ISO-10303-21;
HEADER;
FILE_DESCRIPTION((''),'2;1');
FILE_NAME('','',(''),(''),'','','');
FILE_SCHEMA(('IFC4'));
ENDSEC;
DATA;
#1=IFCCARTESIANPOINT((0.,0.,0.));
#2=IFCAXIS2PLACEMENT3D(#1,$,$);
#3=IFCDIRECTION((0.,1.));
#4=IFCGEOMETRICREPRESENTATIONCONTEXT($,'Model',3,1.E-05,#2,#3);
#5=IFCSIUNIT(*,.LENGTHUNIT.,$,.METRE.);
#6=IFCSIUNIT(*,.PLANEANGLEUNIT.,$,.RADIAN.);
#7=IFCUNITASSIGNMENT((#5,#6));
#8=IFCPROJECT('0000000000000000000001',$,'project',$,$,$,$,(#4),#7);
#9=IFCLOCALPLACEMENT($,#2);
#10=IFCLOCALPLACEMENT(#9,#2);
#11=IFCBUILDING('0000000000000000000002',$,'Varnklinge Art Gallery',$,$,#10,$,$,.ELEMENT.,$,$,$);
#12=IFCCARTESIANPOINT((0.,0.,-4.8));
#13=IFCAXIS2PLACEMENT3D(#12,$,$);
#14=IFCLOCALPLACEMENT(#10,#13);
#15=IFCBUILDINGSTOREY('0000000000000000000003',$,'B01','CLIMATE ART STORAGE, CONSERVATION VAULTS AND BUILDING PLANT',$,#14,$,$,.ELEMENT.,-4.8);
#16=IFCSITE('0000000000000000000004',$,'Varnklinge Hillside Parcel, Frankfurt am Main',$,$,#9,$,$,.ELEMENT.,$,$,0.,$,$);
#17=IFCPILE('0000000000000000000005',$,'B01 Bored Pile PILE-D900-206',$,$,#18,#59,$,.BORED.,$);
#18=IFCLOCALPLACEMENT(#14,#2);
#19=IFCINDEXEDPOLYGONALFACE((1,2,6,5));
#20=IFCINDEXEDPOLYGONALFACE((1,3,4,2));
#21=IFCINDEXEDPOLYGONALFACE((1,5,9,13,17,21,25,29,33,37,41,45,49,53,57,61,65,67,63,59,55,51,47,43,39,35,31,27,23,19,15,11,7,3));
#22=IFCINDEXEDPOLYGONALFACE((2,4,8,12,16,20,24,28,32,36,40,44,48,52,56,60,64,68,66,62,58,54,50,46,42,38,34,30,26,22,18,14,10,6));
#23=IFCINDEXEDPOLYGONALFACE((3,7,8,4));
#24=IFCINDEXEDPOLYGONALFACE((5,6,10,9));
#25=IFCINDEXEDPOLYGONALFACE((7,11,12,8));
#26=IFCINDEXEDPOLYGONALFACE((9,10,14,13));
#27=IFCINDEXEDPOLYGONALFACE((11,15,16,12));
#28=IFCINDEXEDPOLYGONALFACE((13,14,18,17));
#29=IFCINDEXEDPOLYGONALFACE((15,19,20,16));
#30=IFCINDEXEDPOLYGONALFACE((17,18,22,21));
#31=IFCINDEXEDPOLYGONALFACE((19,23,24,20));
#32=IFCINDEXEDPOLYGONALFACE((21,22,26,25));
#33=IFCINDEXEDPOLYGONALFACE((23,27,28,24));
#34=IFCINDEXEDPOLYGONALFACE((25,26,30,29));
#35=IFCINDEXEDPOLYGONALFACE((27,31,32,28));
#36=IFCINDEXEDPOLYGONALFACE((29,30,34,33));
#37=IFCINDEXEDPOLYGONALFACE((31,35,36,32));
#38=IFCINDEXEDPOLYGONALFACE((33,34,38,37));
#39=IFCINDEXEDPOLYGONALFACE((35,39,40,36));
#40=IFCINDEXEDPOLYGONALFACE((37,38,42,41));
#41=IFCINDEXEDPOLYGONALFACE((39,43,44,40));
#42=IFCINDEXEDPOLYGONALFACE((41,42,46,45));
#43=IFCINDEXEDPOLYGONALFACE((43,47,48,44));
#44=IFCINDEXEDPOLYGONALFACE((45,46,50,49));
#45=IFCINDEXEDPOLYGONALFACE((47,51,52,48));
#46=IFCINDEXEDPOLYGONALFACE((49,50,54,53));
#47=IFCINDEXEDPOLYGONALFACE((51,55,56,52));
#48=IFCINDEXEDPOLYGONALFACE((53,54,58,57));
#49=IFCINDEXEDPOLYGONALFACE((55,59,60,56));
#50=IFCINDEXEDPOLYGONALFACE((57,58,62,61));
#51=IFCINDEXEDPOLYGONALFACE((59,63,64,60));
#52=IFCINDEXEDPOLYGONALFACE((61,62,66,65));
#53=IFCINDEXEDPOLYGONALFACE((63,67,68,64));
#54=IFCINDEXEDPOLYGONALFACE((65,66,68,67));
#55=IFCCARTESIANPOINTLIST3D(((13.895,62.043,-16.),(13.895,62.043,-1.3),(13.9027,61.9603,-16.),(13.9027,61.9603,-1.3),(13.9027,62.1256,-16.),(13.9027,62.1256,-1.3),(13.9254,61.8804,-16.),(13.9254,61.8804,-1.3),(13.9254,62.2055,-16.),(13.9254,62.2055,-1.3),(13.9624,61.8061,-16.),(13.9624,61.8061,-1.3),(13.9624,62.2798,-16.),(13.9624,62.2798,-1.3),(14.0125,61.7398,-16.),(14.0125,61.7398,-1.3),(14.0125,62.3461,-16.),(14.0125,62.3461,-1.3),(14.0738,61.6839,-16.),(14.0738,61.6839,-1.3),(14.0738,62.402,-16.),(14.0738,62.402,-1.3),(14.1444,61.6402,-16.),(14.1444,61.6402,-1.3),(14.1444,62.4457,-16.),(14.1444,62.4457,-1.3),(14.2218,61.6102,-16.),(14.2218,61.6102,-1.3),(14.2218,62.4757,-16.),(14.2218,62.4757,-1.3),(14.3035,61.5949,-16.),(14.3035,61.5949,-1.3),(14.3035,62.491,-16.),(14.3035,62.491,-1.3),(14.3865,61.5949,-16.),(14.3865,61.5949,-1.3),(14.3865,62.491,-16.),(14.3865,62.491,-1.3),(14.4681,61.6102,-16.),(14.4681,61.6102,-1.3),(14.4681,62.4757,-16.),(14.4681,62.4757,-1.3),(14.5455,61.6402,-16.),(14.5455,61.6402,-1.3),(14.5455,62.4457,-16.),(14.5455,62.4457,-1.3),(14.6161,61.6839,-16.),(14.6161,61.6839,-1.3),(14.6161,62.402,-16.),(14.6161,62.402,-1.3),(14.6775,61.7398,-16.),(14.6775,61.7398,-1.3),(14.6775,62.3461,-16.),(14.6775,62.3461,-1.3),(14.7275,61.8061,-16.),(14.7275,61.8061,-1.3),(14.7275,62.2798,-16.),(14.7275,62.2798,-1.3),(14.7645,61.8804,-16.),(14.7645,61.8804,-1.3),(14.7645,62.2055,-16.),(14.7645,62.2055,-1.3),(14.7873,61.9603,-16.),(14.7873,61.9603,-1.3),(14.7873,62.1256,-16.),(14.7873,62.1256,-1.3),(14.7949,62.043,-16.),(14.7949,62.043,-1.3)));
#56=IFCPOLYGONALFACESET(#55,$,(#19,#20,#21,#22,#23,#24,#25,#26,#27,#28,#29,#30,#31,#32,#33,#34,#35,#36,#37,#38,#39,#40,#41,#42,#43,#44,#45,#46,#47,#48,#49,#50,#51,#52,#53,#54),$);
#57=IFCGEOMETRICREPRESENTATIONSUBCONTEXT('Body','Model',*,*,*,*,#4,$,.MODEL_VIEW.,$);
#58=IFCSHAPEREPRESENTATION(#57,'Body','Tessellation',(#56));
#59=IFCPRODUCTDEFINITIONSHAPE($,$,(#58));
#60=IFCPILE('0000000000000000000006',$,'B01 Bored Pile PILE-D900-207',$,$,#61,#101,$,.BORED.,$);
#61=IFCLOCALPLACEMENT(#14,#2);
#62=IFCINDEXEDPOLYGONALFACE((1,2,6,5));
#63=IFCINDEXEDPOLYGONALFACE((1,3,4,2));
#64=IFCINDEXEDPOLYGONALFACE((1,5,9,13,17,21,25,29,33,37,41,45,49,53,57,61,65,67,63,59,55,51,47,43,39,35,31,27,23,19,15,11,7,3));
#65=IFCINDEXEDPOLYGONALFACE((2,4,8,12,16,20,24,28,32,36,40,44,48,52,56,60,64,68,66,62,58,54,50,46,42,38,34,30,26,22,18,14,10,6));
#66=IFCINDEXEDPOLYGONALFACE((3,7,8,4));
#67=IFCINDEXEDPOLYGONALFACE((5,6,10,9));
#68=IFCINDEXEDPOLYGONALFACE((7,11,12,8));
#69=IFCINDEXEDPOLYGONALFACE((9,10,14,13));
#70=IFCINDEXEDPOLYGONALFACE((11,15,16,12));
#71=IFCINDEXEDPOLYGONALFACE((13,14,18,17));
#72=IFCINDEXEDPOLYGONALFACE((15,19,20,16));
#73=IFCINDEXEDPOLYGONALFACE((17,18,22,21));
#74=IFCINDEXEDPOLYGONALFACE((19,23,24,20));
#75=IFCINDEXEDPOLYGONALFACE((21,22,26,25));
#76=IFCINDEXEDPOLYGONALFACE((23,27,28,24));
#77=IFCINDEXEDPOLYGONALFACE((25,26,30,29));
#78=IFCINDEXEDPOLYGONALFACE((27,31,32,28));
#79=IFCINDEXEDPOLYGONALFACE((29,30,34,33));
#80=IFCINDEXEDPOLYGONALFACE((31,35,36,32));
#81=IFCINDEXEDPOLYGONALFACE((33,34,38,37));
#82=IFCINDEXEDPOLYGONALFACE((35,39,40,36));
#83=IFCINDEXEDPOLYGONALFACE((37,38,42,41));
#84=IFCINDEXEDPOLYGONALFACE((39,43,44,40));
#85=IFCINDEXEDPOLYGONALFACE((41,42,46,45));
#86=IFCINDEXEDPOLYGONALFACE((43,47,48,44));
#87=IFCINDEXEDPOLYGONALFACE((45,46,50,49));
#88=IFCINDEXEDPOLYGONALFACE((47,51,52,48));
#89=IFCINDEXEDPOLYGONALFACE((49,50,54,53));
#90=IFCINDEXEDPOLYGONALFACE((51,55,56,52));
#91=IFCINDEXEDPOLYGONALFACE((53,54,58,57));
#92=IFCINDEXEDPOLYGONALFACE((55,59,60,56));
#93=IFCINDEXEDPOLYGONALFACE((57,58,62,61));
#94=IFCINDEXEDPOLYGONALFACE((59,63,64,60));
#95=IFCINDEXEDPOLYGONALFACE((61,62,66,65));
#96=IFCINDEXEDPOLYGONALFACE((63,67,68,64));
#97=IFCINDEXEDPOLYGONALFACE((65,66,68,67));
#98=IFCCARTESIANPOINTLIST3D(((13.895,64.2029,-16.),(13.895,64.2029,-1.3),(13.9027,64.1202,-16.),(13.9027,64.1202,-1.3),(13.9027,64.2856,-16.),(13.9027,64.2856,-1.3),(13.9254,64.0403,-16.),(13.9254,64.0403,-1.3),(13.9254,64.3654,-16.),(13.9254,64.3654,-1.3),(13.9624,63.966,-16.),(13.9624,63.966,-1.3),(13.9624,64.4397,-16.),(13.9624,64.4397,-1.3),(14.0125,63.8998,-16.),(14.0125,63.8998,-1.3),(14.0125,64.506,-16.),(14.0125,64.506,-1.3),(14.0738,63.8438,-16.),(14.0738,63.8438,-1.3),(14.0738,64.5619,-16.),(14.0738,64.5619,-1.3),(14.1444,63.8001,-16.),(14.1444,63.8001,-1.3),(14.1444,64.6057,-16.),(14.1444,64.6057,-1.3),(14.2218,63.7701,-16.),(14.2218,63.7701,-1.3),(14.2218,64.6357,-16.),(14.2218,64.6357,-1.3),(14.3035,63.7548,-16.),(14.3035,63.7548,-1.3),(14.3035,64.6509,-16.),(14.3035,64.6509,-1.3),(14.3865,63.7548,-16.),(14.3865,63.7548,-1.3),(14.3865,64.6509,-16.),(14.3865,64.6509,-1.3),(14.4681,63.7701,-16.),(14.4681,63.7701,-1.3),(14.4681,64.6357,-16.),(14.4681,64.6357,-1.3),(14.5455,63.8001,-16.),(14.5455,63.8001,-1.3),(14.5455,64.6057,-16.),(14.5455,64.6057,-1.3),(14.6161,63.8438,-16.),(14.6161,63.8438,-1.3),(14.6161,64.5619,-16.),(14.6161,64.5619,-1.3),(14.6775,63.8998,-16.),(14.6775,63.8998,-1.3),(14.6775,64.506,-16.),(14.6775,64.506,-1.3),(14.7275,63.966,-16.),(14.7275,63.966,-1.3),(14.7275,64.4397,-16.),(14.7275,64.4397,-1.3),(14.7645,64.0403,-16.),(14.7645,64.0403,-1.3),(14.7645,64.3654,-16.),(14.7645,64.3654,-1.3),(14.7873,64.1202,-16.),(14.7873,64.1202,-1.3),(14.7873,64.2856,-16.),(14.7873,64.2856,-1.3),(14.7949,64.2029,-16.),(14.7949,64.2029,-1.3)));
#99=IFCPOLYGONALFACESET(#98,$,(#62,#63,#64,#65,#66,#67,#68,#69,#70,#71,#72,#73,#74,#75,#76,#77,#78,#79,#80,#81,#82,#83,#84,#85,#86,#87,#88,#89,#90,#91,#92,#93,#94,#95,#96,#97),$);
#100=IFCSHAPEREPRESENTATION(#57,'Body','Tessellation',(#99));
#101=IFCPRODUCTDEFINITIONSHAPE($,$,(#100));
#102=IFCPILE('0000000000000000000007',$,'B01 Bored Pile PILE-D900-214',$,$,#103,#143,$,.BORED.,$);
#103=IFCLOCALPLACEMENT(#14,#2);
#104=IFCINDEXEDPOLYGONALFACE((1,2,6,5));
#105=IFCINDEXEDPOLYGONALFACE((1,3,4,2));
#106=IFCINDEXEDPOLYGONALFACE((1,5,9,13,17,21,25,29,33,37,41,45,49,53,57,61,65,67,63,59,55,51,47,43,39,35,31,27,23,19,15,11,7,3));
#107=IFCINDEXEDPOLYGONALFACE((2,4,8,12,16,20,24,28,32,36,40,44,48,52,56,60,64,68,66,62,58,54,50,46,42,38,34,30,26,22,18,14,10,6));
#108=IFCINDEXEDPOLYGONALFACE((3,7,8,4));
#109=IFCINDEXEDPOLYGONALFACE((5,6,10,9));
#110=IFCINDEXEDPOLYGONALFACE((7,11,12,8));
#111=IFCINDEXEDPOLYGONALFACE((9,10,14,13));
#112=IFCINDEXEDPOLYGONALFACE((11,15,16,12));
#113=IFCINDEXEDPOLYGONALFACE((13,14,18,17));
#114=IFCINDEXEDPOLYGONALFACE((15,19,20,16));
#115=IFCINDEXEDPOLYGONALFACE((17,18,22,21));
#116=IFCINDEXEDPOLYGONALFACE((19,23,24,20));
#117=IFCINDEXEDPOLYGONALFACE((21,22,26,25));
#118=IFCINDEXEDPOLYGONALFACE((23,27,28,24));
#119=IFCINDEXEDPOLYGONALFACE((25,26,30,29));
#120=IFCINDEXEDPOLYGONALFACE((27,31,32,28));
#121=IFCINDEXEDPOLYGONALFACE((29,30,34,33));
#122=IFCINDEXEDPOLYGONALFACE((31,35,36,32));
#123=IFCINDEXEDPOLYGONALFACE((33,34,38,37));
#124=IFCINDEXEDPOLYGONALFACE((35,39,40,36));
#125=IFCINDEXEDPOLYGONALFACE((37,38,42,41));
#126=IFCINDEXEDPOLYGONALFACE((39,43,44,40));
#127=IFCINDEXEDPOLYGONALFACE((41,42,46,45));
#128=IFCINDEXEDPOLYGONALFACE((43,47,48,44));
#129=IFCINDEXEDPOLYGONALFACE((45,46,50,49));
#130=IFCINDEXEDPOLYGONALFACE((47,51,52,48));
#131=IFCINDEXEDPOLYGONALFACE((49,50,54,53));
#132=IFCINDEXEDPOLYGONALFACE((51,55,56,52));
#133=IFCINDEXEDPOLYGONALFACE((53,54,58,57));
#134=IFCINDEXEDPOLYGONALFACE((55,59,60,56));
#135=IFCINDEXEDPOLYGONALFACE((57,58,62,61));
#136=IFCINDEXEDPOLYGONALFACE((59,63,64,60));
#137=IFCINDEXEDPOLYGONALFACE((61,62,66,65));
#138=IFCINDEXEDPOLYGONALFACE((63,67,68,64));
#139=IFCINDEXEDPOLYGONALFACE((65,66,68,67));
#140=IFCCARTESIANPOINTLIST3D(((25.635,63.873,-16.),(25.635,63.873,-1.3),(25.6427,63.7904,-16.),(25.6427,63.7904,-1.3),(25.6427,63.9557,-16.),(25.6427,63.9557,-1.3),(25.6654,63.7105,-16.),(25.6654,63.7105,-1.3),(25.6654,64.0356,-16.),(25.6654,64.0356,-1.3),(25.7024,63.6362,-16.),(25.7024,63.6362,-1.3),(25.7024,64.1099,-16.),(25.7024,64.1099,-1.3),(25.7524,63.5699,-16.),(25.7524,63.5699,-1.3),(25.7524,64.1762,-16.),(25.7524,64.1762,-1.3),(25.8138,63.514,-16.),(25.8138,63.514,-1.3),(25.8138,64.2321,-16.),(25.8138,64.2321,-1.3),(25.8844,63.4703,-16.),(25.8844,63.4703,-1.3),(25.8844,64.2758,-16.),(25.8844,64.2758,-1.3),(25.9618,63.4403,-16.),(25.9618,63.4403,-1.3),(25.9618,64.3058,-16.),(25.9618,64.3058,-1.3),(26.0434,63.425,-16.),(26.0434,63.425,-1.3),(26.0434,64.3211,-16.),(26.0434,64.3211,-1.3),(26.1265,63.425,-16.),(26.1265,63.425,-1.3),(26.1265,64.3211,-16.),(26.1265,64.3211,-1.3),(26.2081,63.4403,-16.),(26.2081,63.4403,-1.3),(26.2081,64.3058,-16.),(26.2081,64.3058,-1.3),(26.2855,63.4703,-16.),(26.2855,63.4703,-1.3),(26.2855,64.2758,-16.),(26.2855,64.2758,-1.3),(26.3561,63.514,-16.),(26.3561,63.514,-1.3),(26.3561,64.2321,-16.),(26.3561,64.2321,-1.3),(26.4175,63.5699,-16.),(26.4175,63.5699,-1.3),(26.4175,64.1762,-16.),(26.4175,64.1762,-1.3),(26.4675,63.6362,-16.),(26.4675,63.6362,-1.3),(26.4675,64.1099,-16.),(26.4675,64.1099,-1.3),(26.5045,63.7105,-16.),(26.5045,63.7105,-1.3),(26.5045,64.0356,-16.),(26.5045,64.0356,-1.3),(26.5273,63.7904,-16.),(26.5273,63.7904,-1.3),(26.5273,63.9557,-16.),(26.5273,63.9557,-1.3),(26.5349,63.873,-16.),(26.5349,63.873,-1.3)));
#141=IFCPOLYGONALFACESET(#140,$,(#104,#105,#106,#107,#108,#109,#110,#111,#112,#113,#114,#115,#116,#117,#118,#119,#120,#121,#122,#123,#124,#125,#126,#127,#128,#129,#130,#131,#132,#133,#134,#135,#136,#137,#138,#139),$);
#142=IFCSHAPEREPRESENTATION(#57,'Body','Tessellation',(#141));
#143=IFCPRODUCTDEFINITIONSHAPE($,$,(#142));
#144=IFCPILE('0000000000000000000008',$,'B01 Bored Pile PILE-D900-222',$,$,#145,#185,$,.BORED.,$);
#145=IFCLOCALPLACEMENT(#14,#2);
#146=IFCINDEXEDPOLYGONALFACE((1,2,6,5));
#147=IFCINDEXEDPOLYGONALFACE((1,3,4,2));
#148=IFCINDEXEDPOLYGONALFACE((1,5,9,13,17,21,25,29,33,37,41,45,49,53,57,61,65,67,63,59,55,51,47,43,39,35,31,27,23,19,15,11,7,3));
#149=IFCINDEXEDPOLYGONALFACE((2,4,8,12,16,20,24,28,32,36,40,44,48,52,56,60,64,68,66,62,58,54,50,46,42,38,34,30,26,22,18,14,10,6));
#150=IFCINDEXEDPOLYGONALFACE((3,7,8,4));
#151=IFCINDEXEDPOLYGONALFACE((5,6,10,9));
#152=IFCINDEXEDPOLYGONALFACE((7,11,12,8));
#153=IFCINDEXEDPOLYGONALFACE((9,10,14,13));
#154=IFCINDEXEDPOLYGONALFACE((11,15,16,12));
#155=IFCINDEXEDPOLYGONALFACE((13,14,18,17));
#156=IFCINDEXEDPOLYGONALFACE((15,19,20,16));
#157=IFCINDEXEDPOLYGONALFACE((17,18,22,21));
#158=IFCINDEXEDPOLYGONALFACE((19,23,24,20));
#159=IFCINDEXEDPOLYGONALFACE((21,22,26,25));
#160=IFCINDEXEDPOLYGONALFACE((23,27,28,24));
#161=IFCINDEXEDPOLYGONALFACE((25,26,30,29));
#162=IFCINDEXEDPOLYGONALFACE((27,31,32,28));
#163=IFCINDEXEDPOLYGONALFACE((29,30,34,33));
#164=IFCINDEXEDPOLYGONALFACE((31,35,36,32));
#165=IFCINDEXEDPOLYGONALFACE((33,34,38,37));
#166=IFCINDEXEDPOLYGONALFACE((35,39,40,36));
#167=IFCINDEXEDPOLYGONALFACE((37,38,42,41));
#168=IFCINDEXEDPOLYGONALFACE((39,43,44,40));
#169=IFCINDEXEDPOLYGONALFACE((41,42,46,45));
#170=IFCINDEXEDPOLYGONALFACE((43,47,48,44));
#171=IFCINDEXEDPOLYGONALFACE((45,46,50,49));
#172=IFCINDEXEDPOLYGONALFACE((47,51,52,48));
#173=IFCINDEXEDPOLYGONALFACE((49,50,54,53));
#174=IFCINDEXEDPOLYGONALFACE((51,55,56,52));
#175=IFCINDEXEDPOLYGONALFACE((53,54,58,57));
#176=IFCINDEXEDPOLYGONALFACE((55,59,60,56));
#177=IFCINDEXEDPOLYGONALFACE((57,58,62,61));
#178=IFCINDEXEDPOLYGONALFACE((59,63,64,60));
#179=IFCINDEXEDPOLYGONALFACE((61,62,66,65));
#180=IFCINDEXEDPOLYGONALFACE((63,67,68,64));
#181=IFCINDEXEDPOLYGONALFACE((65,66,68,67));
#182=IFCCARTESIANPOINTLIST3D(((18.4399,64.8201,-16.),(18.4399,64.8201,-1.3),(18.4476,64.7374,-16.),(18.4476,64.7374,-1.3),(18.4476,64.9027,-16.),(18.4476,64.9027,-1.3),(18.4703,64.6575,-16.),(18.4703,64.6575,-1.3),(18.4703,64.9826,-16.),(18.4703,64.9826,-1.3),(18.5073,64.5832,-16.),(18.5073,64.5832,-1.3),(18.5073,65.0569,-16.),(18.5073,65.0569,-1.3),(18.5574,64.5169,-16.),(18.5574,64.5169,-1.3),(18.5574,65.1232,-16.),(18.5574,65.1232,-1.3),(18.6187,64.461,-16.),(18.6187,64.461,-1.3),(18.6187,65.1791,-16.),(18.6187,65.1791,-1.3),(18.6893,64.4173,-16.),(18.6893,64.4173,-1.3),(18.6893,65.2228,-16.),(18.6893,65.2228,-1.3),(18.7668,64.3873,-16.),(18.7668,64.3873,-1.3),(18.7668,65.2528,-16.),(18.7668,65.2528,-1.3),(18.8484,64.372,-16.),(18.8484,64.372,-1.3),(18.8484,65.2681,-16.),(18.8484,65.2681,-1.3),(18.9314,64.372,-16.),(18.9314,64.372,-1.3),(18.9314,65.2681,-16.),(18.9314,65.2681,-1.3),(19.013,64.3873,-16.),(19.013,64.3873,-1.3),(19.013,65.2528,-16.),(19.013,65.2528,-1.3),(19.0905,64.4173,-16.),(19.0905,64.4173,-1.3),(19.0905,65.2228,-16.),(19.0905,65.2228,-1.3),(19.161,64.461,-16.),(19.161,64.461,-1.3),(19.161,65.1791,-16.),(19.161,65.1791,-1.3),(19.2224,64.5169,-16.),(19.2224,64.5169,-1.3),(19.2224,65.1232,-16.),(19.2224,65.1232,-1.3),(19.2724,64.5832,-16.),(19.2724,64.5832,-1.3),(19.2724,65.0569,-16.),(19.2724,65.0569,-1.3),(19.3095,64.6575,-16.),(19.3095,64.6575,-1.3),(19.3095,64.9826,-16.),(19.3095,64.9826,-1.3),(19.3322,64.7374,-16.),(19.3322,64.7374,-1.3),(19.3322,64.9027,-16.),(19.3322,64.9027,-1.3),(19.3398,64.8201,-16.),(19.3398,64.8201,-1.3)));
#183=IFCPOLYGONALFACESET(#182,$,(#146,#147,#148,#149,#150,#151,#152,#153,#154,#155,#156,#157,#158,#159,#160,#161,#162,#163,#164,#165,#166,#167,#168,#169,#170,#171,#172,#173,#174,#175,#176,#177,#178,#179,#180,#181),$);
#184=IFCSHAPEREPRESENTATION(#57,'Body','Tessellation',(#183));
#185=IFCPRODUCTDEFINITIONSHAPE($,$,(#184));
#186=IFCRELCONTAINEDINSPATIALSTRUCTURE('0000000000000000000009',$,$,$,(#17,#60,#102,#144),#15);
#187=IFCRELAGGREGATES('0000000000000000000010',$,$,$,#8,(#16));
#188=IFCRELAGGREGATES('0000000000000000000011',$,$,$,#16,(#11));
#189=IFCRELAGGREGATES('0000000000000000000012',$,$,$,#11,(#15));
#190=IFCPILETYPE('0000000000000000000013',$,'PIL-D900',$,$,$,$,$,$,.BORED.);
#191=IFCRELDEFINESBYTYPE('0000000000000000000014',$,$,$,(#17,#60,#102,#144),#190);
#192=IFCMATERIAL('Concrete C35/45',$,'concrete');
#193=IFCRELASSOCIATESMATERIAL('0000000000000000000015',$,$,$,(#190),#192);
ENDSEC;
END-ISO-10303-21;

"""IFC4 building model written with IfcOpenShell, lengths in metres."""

from ifc_helpers import new_model, si_unit, direction, frame, origin, origin_2d, place, context, subcontext, project, spatial, circle, extrude, material, material_profile, profile_set, type_object, element, save


model = new_model("IFC4")

# Units and contexts
model_context = context("Model", 3, precision=1e-05, world=origin(), true_north=direction((0.0, 1.0)))
body_context = subcontext(model_context, "Body", "Model", "MODEL_VIEW")
ifc_project = project(units=[si_unit("LENGTHUNIT", "METRE"), si_unit("PLANEANGLEUNIT", "RADIAN")], contexts=[model_context])

# Site, building, storey
site_placement = place(None, origin())
site = spatial("IfcSite", under=ifc_project, at=site_placement, Name="Varnklinge Hillside Parcel, Frankfurt am Main", CompositionType="ELEMENT", RefElevation=0.0)
building_placement = place(site_placement, origin())
building = spatial("IfcBuilding", under=site, at=building_placement, Name="Varnklinge Art Gallery", CompositionType="ELEMENT")
storey_placement = place(building_placement, frame((0.0, 0.0, -4.8)))
storey = spatial("IfcBuildingStorey", under=building, at=storey_placement, Name="B01", Description="CLIMATE ART STORAGE, CONSERVATION VAULTS AND BUILDING PLANT", CompositionType="ELEMENT", Elevation=-4.8)

# Piles
ifc_material_1 = material(Name="Concrete C35/45", Category="concrete")
ifc_material_profile_1 = material_profile(ifc_material_1, circle(Radius=0.45, at=origin_2d()), Name="PILE D900")
ifc_profile_set_1 = profile_set([ifc_material_profile_1], Name="Concrete C35/45")
pile_type = type_object("IfcPileType", Name="PIL-D900", PredefinedType="BORED", material=ifc_profile_set_1)
for number, where, z_axis, x_axis, name in (
    (1, (14.345, 62.043, -1.3), (0.0, 0.0, -1.0), (1.0, 0.0, 0.0), "B01 Bored Pile PILE-D900-206"),
    (2, (14.345, 64.2029, -1.3), (0.0, 0.0, -1.0), (1.0, 0.0, 0.0), "B01 Bored Pile PILE-D900-207"),
    (3, (26.085, 63.873, -1.3), (0.0, 0.0, -1.0), (1.0, 0.0, 0.0), "B01 Bored Pile PILE-D900-214"),
    (4, (18.8899, 64.8201, -1.3), (0.0, 0.0, -1.0), (1.0, 0.0, 0.0), "B01 Bored Pile PILE-D900-222"),
):
    element("IfcPile", number, at=place(storey_placement, frame(where, z_axis=z_axis, x_axis=x_axis)), inside=storey, type_object=pile_type, Name=name, PredefinedType="BORED", context=body_context, shape_type="SweptSolid", body=[
        extrude(circle(Radius=0.45, at=origin_2d()), origin(), (0.0, 0.0, 1.0), 14.7),
    ])

save(model, "model.ifc")
